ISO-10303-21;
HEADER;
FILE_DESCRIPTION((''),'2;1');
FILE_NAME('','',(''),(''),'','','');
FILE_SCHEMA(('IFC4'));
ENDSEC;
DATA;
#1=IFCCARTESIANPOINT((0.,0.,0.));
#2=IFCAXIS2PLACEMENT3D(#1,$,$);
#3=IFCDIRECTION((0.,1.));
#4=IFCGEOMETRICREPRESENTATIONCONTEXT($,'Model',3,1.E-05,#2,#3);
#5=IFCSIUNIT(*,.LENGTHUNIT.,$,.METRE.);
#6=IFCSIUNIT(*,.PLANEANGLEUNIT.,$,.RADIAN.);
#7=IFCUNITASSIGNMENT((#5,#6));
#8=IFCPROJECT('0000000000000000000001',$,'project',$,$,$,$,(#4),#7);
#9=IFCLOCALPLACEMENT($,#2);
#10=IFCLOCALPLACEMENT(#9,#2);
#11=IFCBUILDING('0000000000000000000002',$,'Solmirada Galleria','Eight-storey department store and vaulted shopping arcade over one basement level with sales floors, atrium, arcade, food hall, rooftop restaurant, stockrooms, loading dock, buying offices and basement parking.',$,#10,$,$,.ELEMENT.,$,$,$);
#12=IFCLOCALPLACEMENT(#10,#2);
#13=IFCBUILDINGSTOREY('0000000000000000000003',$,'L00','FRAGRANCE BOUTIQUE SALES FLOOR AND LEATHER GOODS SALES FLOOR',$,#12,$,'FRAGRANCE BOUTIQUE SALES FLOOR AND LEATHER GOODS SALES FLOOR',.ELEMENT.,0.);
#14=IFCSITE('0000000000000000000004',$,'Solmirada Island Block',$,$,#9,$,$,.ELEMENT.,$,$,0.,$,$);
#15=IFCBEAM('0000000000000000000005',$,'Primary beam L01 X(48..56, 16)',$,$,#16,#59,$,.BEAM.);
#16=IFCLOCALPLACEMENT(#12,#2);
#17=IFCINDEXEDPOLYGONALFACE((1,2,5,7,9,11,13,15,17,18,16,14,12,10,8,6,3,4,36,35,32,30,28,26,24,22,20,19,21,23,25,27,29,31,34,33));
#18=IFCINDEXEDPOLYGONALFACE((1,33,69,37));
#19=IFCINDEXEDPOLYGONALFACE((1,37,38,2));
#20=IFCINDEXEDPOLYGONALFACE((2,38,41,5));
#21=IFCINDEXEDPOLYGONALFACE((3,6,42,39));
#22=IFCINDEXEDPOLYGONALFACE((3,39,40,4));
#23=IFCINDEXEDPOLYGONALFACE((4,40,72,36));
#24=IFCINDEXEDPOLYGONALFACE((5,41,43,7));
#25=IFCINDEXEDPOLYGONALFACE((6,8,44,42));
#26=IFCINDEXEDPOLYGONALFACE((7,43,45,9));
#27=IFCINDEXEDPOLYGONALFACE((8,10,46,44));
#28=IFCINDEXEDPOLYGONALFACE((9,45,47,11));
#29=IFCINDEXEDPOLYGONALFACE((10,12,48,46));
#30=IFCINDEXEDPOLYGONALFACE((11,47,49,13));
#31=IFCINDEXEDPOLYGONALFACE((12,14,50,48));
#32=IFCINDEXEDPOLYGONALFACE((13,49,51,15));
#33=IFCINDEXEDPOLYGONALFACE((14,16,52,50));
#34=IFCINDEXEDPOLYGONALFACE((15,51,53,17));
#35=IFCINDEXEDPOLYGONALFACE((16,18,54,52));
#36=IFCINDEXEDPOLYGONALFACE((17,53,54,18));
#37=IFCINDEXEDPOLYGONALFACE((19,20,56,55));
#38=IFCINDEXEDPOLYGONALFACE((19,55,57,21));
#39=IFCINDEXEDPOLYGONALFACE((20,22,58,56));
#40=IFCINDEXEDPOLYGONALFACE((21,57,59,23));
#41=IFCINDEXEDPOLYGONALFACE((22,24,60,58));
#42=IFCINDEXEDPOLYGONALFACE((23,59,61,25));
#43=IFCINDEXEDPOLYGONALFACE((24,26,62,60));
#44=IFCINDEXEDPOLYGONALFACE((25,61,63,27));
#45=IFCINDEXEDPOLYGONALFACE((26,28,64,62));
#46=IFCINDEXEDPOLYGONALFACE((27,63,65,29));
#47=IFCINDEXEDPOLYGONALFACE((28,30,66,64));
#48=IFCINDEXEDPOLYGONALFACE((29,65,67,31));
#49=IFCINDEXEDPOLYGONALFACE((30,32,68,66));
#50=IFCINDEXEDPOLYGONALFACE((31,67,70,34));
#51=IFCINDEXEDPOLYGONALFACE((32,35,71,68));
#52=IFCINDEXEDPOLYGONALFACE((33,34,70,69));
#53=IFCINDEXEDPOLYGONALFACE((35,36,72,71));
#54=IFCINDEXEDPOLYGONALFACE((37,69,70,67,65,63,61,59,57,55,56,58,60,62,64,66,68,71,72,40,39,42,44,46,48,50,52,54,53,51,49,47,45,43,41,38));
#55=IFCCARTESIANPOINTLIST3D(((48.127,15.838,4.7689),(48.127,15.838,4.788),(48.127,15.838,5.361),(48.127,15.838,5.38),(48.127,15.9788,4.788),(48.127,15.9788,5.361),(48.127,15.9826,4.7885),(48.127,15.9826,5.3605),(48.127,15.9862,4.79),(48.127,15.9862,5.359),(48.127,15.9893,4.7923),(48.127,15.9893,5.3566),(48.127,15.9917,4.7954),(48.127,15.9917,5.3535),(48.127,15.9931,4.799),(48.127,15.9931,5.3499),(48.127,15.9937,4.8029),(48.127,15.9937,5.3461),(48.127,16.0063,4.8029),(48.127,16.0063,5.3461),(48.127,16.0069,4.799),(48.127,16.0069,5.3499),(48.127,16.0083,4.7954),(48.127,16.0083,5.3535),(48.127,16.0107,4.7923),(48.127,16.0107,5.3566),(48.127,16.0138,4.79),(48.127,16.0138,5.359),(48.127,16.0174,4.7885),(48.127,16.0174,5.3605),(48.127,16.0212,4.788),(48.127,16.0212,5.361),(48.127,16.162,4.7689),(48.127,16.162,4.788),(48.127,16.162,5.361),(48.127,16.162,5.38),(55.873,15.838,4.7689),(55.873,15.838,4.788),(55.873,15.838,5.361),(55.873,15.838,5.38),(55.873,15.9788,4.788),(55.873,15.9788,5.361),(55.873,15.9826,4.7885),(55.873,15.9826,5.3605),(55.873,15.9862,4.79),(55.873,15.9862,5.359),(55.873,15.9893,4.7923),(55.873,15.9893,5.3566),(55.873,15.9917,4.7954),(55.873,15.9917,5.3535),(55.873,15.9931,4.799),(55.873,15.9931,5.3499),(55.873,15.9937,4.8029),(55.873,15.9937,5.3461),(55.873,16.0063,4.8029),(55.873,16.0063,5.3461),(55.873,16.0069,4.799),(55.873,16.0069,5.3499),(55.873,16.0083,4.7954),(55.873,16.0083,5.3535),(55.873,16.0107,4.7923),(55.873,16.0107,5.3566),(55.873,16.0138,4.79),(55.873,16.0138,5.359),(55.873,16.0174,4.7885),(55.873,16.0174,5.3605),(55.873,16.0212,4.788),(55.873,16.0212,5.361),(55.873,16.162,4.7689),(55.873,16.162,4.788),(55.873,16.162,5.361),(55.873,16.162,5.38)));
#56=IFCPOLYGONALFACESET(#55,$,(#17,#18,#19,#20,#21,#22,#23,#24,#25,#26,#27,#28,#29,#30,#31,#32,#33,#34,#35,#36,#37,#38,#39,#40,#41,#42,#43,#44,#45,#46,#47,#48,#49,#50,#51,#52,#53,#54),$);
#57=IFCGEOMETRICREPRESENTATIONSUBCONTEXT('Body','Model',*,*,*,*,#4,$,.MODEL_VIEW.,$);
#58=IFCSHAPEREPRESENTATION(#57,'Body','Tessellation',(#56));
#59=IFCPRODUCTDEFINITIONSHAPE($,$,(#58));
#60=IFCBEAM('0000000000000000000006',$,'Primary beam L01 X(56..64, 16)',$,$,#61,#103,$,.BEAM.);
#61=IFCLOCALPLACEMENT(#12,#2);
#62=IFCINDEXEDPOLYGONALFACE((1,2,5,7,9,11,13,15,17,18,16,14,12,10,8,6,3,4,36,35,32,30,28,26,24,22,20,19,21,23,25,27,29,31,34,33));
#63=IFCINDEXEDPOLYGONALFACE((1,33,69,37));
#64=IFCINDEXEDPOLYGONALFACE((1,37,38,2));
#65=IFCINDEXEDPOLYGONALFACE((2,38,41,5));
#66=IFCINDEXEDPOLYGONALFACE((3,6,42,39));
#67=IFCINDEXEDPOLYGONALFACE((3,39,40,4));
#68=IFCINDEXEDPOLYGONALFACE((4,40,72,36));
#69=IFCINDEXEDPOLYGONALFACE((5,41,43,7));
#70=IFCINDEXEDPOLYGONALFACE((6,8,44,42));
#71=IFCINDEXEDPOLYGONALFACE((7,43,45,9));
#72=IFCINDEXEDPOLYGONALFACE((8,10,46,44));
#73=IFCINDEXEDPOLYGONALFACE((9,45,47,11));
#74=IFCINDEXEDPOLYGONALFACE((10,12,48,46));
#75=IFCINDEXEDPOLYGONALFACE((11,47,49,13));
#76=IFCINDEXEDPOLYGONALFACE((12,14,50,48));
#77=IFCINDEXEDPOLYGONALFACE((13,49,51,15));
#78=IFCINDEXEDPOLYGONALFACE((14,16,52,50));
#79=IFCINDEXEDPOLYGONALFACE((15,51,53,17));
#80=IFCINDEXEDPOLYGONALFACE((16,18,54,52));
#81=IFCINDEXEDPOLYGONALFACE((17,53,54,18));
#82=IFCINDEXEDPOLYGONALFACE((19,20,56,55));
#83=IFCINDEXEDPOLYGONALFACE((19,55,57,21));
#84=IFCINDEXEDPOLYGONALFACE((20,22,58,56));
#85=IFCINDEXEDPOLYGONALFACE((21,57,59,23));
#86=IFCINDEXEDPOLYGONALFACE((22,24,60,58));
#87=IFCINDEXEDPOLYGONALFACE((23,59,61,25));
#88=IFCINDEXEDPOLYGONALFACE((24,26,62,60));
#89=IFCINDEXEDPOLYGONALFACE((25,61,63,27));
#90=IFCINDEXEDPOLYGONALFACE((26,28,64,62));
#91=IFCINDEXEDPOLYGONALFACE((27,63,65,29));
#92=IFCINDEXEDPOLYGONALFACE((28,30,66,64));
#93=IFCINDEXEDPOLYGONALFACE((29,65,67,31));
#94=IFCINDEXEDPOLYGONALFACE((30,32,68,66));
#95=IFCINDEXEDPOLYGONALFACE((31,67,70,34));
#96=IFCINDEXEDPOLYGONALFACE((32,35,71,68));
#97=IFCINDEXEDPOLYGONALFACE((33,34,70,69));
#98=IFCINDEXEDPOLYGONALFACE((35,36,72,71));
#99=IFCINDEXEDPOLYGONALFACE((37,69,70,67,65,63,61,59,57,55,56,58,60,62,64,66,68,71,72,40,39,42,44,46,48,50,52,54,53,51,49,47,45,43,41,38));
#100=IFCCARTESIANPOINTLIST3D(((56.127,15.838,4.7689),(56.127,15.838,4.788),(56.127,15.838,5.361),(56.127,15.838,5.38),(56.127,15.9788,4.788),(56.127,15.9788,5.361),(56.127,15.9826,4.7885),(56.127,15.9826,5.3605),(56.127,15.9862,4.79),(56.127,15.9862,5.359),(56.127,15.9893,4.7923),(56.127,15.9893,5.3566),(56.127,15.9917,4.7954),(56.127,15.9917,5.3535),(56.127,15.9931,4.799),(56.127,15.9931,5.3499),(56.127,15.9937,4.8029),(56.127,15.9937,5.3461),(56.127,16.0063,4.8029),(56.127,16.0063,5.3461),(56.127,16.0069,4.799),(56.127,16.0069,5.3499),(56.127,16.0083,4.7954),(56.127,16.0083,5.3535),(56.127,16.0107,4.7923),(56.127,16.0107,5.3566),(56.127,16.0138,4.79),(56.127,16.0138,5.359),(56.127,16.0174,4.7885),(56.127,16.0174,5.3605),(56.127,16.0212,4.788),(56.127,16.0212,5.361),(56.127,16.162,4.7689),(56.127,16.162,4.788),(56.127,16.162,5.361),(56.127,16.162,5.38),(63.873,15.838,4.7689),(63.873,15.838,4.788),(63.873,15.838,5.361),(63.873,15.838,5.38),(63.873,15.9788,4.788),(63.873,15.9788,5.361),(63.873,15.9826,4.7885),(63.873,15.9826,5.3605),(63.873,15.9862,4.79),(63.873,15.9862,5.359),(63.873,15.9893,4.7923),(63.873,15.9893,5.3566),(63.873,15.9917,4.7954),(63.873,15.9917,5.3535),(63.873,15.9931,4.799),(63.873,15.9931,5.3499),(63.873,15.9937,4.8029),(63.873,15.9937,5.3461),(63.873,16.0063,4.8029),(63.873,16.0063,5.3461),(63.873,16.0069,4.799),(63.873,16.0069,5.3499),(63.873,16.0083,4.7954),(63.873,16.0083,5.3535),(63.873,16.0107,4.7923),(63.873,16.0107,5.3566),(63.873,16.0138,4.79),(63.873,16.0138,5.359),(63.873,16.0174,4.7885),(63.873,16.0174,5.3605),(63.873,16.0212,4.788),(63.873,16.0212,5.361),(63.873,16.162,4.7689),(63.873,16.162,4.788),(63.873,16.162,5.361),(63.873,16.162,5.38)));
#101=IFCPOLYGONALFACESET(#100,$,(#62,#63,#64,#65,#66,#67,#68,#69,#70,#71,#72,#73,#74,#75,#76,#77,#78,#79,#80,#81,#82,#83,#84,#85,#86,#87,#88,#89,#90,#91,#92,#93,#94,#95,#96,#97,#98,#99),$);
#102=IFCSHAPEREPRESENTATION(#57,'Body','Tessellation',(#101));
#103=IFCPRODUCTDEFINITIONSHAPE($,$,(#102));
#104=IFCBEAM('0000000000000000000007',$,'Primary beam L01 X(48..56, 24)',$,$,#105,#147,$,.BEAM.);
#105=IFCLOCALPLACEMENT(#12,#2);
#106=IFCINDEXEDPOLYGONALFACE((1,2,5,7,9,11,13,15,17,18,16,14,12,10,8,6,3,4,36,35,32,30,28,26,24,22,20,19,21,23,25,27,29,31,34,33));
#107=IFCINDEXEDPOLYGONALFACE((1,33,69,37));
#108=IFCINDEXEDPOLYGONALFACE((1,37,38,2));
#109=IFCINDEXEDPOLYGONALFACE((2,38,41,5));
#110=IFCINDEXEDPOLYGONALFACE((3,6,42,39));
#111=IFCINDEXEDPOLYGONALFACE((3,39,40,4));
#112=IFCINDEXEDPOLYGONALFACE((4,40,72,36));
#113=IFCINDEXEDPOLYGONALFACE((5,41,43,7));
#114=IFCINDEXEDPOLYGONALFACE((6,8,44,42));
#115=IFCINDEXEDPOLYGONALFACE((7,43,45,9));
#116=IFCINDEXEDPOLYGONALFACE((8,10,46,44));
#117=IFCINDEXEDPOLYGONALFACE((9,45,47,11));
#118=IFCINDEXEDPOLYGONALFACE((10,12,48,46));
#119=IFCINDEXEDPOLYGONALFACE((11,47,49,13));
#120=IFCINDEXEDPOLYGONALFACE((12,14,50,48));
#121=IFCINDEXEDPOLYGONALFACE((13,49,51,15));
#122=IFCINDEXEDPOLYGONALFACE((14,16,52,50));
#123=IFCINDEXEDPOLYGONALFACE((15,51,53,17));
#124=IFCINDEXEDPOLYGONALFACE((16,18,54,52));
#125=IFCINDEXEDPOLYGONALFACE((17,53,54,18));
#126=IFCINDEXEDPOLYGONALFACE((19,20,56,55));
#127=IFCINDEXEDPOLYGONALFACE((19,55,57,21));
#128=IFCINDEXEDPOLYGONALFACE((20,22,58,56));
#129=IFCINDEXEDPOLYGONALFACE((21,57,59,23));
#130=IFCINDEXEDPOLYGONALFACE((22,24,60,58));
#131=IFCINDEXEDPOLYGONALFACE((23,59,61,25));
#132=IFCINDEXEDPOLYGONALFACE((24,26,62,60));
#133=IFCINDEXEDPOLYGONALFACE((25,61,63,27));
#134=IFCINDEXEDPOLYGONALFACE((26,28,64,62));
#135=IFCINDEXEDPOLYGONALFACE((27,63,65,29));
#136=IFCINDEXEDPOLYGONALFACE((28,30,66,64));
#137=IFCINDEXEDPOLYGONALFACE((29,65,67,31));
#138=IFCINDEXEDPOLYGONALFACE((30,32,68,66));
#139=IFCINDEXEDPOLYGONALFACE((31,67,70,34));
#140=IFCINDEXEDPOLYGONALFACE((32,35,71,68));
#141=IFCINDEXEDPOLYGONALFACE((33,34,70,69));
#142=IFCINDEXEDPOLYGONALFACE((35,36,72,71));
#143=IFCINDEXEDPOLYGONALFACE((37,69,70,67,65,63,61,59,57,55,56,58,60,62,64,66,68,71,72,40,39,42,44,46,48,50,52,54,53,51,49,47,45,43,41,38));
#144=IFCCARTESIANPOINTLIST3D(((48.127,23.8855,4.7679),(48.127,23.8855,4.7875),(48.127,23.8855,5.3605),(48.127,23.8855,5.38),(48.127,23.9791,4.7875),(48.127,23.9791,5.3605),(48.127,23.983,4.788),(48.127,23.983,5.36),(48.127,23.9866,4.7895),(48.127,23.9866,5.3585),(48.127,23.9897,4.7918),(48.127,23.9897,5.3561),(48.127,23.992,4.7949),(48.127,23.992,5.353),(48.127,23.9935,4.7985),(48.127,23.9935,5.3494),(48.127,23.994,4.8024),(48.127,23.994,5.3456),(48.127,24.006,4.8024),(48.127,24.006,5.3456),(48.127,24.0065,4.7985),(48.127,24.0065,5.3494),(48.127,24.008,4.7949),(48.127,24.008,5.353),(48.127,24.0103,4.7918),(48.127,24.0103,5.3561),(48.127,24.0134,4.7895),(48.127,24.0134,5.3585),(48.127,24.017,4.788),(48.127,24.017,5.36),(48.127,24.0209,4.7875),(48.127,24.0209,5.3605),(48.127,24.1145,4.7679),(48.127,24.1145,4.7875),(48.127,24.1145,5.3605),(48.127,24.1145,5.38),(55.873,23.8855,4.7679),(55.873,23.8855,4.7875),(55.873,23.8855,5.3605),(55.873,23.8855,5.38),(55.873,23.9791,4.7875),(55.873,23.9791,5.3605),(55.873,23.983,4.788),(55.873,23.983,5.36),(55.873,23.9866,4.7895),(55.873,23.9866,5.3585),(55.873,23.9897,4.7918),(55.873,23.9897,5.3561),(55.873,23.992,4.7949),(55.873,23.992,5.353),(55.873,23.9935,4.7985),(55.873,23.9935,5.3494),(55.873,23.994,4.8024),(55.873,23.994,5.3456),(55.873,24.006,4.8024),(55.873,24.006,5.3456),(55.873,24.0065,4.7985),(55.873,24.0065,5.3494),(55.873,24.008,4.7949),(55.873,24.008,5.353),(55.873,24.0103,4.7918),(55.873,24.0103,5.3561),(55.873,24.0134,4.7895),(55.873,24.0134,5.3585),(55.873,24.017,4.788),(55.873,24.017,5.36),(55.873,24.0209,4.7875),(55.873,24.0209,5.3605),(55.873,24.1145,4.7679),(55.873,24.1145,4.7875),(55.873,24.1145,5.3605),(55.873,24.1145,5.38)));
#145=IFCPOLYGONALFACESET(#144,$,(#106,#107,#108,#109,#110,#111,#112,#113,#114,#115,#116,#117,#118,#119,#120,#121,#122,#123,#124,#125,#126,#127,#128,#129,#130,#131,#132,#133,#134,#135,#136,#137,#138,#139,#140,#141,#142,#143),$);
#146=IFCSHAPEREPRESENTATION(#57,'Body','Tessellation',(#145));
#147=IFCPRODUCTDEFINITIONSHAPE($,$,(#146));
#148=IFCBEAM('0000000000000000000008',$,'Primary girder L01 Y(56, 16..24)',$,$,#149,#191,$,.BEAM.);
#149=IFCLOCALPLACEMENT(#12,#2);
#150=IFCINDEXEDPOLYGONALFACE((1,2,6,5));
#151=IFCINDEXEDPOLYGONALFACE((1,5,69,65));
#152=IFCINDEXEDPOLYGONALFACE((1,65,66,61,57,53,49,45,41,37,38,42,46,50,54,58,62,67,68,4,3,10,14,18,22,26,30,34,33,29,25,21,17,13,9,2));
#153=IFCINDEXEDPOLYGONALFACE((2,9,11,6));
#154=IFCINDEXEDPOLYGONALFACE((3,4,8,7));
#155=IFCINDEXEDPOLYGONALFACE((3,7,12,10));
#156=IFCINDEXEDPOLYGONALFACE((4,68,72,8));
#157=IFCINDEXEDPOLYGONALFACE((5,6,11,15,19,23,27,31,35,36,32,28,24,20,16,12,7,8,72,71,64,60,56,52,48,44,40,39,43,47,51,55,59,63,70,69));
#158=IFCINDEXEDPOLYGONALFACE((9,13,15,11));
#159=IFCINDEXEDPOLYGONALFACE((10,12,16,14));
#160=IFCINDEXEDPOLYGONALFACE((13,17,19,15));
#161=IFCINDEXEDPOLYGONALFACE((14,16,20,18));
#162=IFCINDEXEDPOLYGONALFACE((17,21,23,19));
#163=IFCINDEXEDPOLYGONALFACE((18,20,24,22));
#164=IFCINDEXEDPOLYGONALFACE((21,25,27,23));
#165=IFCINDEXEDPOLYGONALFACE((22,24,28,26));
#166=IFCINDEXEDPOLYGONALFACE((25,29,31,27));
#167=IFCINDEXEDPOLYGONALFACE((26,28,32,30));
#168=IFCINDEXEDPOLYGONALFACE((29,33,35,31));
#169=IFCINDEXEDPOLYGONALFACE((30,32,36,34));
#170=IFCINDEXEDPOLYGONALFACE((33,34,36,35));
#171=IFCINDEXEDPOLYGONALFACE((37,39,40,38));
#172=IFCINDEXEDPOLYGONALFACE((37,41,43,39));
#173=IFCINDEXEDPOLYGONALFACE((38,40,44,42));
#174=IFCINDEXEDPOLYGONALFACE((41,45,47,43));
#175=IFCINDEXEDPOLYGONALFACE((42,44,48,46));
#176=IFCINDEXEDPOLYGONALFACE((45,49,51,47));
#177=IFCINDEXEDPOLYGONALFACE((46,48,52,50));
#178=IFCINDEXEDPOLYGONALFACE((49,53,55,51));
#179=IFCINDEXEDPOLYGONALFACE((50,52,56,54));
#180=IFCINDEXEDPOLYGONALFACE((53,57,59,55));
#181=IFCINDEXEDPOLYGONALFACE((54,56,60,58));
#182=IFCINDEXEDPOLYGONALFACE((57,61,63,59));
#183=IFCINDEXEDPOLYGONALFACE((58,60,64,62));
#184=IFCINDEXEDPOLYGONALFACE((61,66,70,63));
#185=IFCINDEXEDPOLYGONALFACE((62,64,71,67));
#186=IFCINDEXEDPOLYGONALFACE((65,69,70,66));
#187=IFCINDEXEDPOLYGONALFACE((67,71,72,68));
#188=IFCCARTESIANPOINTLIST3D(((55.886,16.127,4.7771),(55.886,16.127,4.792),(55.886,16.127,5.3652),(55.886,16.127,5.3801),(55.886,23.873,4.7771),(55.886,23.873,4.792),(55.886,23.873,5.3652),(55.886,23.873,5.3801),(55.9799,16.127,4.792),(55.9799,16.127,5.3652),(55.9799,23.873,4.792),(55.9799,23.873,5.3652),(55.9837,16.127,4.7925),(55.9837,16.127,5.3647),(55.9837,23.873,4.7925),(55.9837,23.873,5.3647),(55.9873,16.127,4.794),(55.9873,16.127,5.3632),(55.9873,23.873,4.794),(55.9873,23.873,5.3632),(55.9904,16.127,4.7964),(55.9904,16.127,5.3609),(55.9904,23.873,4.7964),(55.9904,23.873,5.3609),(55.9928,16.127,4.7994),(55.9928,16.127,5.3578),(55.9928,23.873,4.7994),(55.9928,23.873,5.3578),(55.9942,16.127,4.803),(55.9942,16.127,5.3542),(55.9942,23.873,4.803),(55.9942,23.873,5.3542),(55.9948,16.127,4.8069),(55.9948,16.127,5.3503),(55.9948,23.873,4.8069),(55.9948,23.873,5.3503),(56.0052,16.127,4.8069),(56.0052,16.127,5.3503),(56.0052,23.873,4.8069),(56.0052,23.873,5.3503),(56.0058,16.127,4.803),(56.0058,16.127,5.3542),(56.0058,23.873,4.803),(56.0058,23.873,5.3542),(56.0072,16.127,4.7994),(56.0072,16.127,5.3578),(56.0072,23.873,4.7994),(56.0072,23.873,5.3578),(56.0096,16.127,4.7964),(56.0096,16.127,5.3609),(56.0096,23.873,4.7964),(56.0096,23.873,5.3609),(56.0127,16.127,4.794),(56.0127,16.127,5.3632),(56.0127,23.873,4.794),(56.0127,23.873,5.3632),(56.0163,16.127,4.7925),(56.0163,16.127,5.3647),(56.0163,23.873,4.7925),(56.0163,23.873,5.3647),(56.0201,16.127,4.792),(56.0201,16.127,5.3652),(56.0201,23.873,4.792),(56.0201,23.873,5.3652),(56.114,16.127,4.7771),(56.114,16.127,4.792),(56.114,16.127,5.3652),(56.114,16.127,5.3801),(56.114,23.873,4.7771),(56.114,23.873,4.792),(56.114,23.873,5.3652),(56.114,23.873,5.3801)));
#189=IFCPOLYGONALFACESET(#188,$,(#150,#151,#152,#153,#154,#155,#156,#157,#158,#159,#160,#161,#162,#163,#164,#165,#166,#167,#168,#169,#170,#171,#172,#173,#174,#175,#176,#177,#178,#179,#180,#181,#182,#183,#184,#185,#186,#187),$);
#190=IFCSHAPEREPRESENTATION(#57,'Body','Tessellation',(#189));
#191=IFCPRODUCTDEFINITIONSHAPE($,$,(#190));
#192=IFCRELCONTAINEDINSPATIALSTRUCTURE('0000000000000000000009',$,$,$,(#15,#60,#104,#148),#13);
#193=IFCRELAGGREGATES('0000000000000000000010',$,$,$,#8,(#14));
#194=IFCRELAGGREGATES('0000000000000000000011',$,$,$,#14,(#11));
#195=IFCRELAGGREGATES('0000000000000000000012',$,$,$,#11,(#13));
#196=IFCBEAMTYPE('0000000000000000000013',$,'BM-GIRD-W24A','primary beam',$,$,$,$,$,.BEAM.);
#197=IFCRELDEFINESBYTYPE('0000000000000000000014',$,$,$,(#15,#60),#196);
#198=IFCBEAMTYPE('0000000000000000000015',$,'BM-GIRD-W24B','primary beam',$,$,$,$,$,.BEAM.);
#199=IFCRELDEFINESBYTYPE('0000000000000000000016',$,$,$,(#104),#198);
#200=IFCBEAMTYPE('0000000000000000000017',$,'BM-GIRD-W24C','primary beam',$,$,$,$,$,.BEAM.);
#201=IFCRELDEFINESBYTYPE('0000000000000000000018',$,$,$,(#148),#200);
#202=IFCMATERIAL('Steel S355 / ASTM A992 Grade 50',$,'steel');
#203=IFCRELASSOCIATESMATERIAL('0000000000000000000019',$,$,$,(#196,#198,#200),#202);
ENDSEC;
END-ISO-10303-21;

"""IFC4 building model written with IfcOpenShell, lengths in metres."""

from ifc_helpers import new_model, si_unit, direction, frame, origin, origin_2d, place, context, subcontext, project, spatial, i_section, extrude, material, material_profile, profile_set, type_object, element, save


model = new_model("IFC4")

# Units and contexts
model_context = context("Model", 3, precision=1e-05, world=origin(), true_north=direction((0.0, 1.0)))
body_context = subcontext(model_context, "Body", "Model", "MODEL_VIEW")
ifc_project = project(units=[si_unit("LENGTHUNIT", "METRE"), si_unit("PLANEANGLEUNIT", "RADIAN")], contexts=[model_context])

# Site, building, storey
site_placement = place(None, origin())
site = spatial("IfcSite", under=ifc_project, at=site_placement, Name="Solmirada Island Block", CompositionType="ELEMENT", RefElevation=0.0)
building_placement = place(site_placement, origin())
building = spatial("IfcBuilding", under=site, at=building_placement, Name="Solmirada Galleria", Description="Eight-storey department store and vaulted shopping arcade over one basement level with sales floors, atrium, arcade, food hall, rooftop restaurant, stockrooms, loading dock, buying offices and basement parking.", CompositionType="ELEMENT")
storey_placement = place(building_placement, origin())
storey = spatial("IfcBuildingStorey", under=building, at=storey_placement, Name="L00", Description="FRAGRANCE BOUTIQUE SALES FLOOR AND LEATHER GOODS SALES FLOOR", LongName="FRAGRANCE BOUTIQUE SALES FLOOR AND LEATHER GOODS SALES FLOOR", CompositionType="ELEMENT", Elevation=0.0)

# Beams
ifc_material_1 = material(Name="Steel S355 / ASTM A992 Grade 50", Category="steel")
ifc_material_profile_1 = material_profile(ifc_material_1, i_section(OverallWidth=0.324, OverallDepth=0.6111, WebThickness=0.0127, FlangeThickness=0.019, FilletRadius=0.0149, at=origin_2d()), Name="W24X104")
ifc_profile_set_1 = profile_set([ifc_material_profile_1], Name="Steel S355 / ASTM A992 Grade 50")
beam_type_1 = type_object("IfcBeamType", Name="BM-GIRD-W24A", Description="primary beam", PredefinedType="BEAM", material=ifc_profile_set_1)
for number, where, z_axis, x_axis, name in (
    (1, (48.127, 16.0, 5.0745), (1.0, 0.0, 0.0), (0.0, 1.0, 0.0), "Primary beam L01 X(48..56, 16)"),
    (2, (56.127, 16.0, 5.0745), (1.0, 0.0, 0.0), (0.0, 1.0, 0.0), "Primary beam L01 X(56..64, 16)"),
):
    element("IfcBeam", number, at=place(storey_placement, frame(where, z_axis=z_axis, x_axis=x_axis)), inside=storey, type_object=beam_type_1, Name=name, PredefinedType="BEAM", context=body_context, shape_type="SweptSolid", body=[
        extrude(i_section(OverallWidth=0.324, OverallDepth=0.6111, WebThickness=0.0127, FlangeThickness=0.019, FilletRadius=0.0149, at=origin_2d()), origin(), (0.0, 0.0, 1.0), 7.7461),
    ])
ifc_material_profile_2 = material_profile(ifc_material_1, i_section(OverallWidth=0.229, OverallDepth=0.6121, WebThickness=0.012, FlangeThickness=0.0195, FilletRadius=0.0149, at=origin_2d()), Name="W24X84")
ifc_profile_set_2 = profile_set([ifc_material_profile_2], Name="Steel S355 / ASTM A992 Grade 50")
beam_type_2 = type_object("IfcBeamType", Name="BM-GIRD-W24B", Description="primary beam", PredefinedType="BEAM", material=ifc_profile_set_2)
beam_1_placement = place(storey_placement, frame((48.127, 24.0, 5.074), z_axis=(1.0, 0.0, 0.0), x_axis=(0.0, 1.0, 0.0)))
element("IfcBeam", 3, at=beam_1_placement, inside=storey, type_object=beam_type_2, Name="Primary beam L01 X(48..56, 24)", PredefinedType="BEAM", context=body_context, shape_type="SweptSolid", body=[
    extrude(i_section(OverallWidth=0.229, OverallDepth=0.6121, WebThickness=0.012, FlangeThickness=0.0195, FilletRadius=0.0149, at=origin_2d()), origin(), (0.0, 0.0, 1.0), 7.7461),
])
ifc_material_profile_3 = material_profile(ifc_material_1, i_section(OverallWidth=0.228, OverallDepth=0.603, WebThickness=0.0105, FlangeThickness=0.0149, FilletRadius=0.0149, at=origin_2d()), Name="W24X68")
ifc_profile_set_3 = profile_set([ifc_material_profile_3], Name="Steel S355 / ASTM A992 Grade 50")
beam_type_3 = type_object("IfcBeamType", Name="BM-GIRD-W24C", Description="primary beam", PredefinedType="BEAM", material=ifc_profile_set_3)
beam_2_placement = place(storey_placement, frame((56.0, 16.127, 5.0786), z_axis=(0.0, 1.0, 0.0), x_axis=(-1.0, 0.0, 0.0)))
element("IfcBeam", 4, at=beam_2_placement, inside=storey, type_object=beam_type_3, Name="Primary girder L01 Y(56, 16..24)", PredefinedType="BEAM", context=body_context, shape_type="SweptSolid", body=[
    extrude(i_section(OverallWidth=0.228, OverallDepth=0.603, WebThickness=0.0105, FlangeThickness=0.0149, FilletRadius=0.0149, at=origin_2d()), origin(), (0.0, 0.0, 1.0), 7.7461),
])

save(model, "model.ifc")
